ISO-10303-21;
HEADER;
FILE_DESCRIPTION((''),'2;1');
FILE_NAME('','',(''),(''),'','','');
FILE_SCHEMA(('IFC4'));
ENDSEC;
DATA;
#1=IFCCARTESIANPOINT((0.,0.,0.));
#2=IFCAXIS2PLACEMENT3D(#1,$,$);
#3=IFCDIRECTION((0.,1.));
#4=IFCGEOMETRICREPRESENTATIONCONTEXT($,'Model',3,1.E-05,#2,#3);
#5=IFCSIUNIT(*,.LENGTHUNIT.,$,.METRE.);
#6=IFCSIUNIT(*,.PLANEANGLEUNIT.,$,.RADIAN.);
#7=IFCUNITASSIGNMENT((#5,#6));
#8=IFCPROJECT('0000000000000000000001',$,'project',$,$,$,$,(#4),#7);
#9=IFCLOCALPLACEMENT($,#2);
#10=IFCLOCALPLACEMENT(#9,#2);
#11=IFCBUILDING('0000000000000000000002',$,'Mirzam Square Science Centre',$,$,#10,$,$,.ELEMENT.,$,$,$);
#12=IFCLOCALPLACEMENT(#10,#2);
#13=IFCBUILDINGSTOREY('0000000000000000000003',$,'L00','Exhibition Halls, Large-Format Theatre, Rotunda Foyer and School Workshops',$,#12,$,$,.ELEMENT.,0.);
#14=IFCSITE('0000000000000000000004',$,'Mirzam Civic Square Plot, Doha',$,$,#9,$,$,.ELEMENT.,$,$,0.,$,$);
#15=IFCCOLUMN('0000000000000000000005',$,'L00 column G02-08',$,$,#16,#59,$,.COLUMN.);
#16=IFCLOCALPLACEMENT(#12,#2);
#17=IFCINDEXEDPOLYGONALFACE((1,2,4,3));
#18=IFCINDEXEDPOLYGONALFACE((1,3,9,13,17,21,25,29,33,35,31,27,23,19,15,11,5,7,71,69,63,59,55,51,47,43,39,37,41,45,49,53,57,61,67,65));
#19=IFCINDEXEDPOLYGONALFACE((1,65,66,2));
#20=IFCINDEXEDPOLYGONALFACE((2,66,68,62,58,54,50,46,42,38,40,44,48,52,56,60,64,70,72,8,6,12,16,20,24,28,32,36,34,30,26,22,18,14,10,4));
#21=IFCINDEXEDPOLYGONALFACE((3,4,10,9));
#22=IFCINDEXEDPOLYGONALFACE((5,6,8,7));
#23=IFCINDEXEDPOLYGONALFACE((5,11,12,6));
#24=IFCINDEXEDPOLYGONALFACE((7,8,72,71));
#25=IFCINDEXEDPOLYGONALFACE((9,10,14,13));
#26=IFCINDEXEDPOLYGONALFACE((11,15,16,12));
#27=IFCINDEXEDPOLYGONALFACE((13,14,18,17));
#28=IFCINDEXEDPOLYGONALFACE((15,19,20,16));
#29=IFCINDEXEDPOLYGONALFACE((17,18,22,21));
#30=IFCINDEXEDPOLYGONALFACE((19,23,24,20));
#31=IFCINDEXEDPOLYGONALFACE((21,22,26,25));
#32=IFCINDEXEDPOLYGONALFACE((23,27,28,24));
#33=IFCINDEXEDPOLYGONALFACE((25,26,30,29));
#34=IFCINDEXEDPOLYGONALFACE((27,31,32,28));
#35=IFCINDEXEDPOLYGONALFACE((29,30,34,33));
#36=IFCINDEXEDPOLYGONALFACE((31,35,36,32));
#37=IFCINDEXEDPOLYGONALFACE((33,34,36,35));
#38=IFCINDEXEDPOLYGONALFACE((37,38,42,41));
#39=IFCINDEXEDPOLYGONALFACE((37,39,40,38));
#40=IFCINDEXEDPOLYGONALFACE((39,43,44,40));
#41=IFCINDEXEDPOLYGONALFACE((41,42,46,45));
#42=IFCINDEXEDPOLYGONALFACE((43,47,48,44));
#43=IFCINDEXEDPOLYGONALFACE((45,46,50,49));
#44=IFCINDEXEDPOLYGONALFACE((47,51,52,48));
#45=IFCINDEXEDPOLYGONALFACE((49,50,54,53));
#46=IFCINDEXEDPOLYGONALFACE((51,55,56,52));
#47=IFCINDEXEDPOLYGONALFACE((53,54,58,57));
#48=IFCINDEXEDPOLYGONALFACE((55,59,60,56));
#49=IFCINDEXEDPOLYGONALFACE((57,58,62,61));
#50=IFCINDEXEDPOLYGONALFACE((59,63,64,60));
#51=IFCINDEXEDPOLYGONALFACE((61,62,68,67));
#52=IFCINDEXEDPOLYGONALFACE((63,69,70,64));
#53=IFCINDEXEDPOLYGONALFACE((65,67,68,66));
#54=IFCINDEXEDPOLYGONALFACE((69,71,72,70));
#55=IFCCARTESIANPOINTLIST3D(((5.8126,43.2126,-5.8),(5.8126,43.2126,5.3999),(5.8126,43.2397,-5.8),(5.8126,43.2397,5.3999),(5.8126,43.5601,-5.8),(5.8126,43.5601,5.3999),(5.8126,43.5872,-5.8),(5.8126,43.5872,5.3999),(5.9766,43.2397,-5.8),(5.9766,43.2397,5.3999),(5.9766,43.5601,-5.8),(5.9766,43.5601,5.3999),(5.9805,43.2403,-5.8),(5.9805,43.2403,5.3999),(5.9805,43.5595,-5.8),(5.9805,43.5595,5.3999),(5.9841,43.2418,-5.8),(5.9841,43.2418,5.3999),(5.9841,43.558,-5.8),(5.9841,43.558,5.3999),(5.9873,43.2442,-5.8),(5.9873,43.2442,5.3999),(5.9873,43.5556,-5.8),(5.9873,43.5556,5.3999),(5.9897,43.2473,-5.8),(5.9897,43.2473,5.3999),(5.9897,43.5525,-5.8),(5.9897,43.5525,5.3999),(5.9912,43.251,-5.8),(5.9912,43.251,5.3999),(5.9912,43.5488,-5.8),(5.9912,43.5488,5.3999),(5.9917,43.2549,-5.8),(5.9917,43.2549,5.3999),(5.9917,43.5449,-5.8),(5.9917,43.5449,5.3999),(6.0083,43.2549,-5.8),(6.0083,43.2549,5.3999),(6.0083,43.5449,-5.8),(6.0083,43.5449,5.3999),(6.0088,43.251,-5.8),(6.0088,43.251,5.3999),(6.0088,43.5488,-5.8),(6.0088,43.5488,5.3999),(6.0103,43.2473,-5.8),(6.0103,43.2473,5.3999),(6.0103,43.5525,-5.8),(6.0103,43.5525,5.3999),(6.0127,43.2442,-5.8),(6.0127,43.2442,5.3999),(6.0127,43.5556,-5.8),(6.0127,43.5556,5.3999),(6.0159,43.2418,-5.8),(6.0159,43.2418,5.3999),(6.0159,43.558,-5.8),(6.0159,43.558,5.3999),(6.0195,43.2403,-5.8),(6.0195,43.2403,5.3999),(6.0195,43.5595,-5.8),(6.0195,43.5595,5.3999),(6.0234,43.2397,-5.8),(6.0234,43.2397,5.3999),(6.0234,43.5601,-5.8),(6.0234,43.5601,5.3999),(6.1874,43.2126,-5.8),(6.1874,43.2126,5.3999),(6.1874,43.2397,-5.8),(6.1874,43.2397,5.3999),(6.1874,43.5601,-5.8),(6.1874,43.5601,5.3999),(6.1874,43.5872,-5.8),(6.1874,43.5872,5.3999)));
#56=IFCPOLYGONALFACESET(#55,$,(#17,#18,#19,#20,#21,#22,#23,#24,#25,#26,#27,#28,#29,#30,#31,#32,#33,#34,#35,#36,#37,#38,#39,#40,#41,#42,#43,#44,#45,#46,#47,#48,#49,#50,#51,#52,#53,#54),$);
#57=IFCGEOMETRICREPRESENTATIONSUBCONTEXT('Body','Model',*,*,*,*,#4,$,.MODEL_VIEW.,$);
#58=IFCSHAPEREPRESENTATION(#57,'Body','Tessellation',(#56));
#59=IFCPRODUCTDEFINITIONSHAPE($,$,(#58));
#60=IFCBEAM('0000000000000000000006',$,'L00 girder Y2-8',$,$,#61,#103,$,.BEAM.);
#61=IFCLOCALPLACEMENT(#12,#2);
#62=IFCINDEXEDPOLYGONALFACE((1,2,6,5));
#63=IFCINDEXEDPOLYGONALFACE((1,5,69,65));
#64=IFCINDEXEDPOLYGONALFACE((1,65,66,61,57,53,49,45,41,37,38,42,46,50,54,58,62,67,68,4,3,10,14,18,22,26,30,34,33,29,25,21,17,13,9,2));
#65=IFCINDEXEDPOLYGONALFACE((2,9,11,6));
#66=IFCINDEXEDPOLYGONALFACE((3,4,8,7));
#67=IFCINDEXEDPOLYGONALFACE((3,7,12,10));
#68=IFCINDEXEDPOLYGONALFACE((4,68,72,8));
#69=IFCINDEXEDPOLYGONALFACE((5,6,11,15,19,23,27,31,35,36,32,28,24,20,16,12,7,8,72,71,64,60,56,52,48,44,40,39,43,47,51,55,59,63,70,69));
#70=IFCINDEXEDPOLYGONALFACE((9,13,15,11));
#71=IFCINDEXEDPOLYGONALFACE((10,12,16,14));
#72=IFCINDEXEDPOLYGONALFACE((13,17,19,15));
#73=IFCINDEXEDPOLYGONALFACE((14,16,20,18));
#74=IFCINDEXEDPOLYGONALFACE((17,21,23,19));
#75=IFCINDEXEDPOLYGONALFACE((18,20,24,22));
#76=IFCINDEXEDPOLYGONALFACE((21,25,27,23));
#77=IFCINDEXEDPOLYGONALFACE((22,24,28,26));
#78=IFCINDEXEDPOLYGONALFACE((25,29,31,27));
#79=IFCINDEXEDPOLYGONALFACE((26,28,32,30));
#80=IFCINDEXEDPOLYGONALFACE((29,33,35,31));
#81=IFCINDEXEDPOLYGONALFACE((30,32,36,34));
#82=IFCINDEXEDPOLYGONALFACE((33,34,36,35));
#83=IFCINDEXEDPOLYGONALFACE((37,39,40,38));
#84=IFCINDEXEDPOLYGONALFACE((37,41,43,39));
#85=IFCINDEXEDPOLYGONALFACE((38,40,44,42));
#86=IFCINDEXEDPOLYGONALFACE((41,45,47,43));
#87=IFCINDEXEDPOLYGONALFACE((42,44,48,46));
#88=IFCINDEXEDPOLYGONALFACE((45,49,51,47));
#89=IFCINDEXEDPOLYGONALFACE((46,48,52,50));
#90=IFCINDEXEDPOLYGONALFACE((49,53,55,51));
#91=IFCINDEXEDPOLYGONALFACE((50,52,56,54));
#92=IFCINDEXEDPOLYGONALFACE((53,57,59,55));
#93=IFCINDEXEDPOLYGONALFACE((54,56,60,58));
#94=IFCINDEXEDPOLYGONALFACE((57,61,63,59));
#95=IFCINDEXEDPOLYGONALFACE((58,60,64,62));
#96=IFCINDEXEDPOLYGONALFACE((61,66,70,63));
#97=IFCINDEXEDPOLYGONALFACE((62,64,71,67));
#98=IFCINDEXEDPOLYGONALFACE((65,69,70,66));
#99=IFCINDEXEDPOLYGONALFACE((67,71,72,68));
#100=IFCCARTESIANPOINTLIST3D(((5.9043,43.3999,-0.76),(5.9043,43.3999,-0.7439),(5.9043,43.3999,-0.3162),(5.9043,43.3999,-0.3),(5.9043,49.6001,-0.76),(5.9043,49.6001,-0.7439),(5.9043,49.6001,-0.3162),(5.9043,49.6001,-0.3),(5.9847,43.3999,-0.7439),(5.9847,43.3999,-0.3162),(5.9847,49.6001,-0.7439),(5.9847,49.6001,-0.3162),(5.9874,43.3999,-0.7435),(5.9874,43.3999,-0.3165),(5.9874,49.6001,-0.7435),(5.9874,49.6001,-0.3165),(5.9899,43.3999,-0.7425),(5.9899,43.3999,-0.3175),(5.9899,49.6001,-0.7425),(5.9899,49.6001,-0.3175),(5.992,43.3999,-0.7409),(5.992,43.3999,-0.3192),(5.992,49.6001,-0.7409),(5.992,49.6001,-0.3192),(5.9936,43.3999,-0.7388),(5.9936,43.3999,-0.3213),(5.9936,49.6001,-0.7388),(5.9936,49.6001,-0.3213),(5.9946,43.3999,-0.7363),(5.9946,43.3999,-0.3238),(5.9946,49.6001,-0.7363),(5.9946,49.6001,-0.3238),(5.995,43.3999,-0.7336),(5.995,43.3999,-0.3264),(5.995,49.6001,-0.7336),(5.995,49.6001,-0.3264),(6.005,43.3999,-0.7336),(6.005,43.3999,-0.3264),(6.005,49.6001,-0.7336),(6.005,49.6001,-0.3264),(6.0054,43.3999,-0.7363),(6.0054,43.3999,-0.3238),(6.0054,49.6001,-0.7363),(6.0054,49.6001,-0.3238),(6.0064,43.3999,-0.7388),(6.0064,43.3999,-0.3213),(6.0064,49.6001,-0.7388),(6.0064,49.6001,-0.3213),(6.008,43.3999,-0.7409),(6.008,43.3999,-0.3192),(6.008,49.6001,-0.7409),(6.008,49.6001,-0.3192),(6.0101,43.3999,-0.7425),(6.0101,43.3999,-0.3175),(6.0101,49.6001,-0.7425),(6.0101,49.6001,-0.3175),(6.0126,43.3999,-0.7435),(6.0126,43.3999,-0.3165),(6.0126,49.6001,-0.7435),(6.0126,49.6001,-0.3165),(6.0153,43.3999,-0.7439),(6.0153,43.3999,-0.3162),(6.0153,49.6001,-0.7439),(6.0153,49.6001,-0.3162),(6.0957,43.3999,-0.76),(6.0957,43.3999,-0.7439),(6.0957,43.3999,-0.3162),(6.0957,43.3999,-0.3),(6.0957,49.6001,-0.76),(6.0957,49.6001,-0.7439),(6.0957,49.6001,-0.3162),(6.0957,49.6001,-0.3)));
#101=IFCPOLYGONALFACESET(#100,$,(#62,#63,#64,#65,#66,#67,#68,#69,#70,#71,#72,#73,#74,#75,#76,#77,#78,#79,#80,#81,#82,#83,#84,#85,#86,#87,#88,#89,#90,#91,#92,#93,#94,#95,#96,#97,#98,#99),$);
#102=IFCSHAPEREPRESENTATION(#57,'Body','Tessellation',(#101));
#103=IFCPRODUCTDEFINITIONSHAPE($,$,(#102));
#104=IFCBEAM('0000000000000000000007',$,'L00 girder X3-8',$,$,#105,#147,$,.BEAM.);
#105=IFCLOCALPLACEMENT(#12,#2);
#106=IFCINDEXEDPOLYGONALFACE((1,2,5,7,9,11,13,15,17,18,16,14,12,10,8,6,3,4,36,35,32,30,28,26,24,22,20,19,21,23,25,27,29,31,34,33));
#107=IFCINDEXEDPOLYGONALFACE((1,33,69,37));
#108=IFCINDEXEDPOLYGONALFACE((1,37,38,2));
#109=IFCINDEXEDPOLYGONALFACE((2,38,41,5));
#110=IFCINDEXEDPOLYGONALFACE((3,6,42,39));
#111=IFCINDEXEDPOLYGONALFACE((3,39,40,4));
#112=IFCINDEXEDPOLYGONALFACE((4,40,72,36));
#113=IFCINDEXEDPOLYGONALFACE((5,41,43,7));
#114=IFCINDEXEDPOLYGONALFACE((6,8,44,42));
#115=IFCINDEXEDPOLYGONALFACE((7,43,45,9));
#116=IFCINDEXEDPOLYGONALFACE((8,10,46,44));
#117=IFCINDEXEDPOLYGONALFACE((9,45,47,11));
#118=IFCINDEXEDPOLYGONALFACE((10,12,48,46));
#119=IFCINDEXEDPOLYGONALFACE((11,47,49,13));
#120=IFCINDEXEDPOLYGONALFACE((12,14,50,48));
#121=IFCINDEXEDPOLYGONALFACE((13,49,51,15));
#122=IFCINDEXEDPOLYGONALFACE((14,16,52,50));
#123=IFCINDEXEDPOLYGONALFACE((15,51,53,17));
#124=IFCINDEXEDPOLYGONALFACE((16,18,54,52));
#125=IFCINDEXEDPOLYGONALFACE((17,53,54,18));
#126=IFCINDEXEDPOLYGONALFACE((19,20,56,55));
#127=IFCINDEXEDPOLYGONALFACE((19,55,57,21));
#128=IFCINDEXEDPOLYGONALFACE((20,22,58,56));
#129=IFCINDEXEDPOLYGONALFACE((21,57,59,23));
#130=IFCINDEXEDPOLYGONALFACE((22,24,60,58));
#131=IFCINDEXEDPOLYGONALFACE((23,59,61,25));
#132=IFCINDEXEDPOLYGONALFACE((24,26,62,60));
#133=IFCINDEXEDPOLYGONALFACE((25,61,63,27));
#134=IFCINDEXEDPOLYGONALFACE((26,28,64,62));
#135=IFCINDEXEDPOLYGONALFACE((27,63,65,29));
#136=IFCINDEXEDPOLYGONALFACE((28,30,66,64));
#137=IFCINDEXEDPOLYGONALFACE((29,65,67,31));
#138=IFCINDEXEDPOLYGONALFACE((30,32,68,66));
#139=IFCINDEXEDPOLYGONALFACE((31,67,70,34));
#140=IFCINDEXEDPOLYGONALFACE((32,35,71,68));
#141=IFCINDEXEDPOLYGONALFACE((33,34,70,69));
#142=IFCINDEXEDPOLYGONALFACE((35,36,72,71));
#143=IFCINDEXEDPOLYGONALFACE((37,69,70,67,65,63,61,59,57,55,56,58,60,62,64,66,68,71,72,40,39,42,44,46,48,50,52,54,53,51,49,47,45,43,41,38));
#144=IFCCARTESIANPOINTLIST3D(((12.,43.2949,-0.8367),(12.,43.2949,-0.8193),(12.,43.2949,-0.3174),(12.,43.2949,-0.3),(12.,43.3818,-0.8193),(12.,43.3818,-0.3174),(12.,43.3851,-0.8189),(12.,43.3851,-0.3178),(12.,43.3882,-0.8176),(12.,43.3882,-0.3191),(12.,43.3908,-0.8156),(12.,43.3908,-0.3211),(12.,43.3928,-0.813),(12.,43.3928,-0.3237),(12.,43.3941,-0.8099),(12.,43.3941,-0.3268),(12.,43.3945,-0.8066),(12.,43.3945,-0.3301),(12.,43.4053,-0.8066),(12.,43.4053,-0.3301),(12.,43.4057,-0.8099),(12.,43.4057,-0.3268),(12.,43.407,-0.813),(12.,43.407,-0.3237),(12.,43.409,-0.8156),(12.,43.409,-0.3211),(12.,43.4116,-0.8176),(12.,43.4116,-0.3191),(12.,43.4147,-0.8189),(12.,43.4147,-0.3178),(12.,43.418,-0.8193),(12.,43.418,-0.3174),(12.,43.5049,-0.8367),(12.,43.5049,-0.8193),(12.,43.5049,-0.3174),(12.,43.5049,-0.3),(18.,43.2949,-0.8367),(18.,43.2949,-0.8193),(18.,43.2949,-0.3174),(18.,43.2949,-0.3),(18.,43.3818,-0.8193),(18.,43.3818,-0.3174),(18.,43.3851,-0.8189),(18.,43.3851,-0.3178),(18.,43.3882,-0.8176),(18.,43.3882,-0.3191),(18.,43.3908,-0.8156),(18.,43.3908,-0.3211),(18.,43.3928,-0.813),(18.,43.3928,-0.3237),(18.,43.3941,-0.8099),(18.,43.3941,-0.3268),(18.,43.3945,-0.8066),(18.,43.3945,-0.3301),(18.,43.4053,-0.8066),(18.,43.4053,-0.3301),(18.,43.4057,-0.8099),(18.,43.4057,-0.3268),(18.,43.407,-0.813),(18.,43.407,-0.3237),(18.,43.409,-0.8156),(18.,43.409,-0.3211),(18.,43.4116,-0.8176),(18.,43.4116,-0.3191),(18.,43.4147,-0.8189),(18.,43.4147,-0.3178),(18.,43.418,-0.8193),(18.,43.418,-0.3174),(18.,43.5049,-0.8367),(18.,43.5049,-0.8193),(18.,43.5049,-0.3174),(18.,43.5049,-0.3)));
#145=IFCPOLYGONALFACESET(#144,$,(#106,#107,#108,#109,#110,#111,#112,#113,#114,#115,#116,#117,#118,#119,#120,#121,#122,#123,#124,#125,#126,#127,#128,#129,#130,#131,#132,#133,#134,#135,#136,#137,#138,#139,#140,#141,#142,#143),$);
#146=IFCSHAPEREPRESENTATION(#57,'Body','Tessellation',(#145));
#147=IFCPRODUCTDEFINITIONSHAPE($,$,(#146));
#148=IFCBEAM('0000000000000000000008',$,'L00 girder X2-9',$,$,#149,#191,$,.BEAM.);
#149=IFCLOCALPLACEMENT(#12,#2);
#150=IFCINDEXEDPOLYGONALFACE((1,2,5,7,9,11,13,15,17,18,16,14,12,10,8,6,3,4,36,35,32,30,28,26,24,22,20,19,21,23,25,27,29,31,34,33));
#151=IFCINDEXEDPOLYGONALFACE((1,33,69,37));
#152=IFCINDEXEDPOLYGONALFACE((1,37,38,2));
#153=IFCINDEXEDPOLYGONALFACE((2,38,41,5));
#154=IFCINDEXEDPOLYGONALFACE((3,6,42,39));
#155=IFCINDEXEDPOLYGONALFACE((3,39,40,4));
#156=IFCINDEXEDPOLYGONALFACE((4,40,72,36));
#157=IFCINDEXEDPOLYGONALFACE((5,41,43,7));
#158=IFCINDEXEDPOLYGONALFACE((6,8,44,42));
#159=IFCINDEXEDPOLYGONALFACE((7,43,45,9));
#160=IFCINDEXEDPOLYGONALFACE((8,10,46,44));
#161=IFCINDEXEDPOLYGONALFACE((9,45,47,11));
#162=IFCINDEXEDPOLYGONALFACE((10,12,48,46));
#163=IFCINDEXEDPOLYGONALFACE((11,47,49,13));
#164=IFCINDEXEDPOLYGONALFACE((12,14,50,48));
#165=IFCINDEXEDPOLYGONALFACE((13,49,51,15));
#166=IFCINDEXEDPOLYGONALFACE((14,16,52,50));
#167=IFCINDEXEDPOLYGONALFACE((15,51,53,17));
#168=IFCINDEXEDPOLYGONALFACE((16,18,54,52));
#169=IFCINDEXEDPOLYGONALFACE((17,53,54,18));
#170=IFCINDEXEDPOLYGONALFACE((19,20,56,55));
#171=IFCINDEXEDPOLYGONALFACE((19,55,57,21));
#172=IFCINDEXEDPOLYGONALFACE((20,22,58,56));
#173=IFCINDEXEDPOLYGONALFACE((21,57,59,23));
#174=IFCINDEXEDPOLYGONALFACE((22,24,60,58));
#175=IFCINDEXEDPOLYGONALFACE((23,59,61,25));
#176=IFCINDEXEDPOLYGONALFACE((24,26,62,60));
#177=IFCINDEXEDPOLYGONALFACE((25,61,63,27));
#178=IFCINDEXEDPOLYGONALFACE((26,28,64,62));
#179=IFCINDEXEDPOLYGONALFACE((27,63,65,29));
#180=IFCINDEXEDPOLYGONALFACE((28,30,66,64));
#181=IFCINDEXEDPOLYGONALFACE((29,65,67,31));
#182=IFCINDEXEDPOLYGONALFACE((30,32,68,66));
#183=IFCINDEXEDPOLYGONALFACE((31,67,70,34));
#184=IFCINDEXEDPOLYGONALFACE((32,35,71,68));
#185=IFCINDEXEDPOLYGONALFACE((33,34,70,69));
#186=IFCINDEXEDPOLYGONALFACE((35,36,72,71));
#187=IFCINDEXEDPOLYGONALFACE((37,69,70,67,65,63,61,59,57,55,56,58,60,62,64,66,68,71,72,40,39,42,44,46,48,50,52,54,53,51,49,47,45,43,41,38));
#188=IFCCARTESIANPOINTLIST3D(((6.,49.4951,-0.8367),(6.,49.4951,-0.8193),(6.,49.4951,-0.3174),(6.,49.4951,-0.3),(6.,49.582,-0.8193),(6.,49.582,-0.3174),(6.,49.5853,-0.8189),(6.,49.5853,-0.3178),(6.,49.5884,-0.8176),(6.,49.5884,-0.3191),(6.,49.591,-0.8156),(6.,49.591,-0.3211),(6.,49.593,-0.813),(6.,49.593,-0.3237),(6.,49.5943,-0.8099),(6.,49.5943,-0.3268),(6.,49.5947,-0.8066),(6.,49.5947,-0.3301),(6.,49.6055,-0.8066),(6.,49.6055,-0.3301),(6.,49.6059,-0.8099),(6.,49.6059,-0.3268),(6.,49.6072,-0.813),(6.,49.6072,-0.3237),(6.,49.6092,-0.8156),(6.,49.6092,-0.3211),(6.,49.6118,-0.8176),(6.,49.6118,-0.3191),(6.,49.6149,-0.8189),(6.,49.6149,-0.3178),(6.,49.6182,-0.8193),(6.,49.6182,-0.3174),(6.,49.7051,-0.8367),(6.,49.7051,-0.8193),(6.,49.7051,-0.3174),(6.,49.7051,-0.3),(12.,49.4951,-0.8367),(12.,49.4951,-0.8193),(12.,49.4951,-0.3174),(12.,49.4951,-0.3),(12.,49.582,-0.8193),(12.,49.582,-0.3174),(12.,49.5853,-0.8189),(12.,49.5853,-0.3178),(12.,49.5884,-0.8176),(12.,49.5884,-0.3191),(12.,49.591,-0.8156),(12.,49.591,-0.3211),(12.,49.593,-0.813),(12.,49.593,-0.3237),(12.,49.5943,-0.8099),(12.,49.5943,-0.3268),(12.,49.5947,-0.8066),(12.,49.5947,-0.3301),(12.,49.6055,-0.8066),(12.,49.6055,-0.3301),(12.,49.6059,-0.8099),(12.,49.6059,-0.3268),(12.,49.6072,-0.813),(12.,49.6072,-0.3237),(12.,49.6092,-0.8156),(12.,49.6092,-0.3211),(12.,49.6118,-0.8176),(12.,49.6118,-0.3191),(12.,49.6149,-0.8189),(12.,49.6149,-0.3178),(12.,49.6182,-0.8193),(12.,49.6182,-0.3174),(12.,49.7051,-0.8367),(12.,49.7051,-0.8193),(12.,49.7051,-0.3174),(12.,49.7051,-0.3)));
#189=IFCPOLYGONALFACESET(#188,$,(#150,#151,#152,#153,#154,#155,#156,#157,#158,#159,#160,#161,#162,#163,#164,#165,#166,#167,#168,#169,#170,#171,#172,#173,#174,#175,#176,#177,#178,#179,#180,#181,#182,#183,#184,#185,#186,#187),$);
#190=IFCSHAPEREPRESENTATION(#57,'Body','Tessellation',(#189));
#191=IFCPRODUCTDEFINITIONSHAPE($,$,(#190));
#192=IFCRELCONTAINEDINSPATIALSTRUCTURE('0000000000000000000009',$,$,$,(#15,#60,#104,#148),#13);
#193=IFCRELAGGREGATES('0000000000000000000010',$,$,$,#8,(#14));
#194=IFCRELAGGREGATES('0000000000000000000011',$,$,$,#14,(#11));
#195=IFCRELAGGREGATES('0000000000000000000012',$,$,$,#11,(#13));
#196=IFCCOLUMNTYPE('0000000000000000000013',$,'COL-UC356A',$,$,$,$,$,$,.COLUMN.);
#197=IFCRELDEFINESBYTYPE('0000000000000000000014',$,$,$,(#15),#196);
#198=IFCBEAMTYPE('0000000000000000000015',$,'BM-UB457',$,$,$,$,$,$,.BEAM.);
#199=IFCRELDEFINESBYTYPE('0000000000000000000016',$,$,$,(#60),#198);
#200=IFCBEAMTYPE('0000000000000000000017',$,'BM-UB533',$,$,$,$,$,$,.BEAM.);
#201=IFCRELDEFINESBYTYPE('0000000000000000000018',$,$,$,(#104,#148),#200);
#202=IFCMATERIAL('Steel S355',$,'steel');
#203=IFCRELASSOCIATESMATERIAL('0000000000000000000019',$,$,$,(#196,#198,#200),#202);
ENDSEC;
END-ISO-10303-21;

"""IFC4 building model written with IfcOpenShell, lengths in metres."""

from ifc_helpers import new_model, si_unit, direction, frame, origin, origin_2d, place, context, subcontext, project, spatial, i_section, extrude, material, material_profile, profile_set, type_object, element, save


model = new_model("IFC4")

# Units and contexts
model_context = context("Model", 3, precision=1e-05, world=origin(), true_north=direction((0.0, 1.0)))
body_context = subcontext(model_context, "Body", "Model", "MODEL_VIEW")
ifc_project = project(units=[si_unit("LENGTHUNIT", "METRE"), si_unit("PLANEANGLEUNIT", "RADIAN")], contexts=[model_context])

# Site, building, storey
site_placement = place(None, origin())
site = spatial("IfcSite", under=ifc_project, at=site_placement, Name="Mirzam Civic Square Plot, Doha", CompositionType="ELEMENT", RefElevation=0.0)
building_placement = place(site_placement, origin())
building = spatial("IfcBuilding", under=site, at=building_placement, Name="Mirzam Square Science Centre", CompositionType="ELEMENT")
storey_placement = place(building_placement, origin())
storey = spatial("IfcBuildingStorey", under=building, at=storey_placement, Name="L00", Description="Exhibition Halls, Large-Format Theatre, Rotunda Foyer and School Workshops", CompositionType="ELEMENT", Elevation=0.0)

# Column
ifc_material_1 = material(Name="Steel S355", Category="steel")
ifc_material_profile_1 = material_profile(ifc_material_1, i_section(OverallWidth=0.3748, OverallDepth=0.3745, WebThickness=0.0166, FlangeThickness=0.0271, FilletRadius=0.0151, at=origin_2d()), Name="356x368x202UC")
ifc_profile_set_1 = profile_set([ifc_material_profile_1], Name="Steel S355")
column_type_1 = type_object("IfcColumnType", Name="COL-UC356A", PredefinedType="COLUMN", material=ifc_profile_set_1)
for number, where, z_axis, x_axis, name in (
    (1, (6.0, 43.3999, -5.8), (0.0, 0.0, 1.0), (1.0, 0.0, 0.0), "L00 column G02-08"),
):
    element("IfcColumn", number, at=place(storey_placement, frame(where, z_axis=z_axis, x_axis=x_axis)), inside=storey, type_object=column_type_1, Name=name, PredefinedType="COLUMN", context=body_context, shape_type="SweptSolid", body=[
        extrude(i_section(OverallWidth=0.3748, OverallDepth=0.3745, WebThickness=0.0166, FlangeThickness=0.0271, FilletRadius=0.0151, at=origin_2d()), origin(), (0.0, 0.0, 1.0), 11.2),
    ])

# Beams
ifc_material_profile_2 = material_profile(ifc_material_1, i_section(OverallWidth=0.1914, OverallDepth=0.46, WebThickness=0.01, FlangeThickness=0.0161, FilletRadius=0.0103, at=origin_2d()), Name="457x191x82UB")
ifc_profile_set_2 = profile_set([ifc_material_profile_2], Name="Steel S355")
beam_type_1 = type_object("IfcBeamType", Name="BM-UB457", PredefinedType="BEAM", material=ifc_profile_set_2)
beam_1_placement = place(storey_placement, frame((6.0, 43.3999, -0.53), z_axis=(0.0, 1.0, 0.0), x_axis=(-1.0, 0.0, 0.0)))
element("IfcBeam", 2, at=beam_1_placement, inside=storey, type_object=beam_type_1, Name="L00 girder Y2-8", PredefinedType="BEAM", context=body_context, shape_type="SweptSolid", body=[
    extrude(i_section(OverallWidth=0.1914, OverallDepth=0.46, WebThickness=0.01, FlangeThickness=0.0161, FilletRadius=0.0103, at=origin_2d()), origin(), (0.0, 0.0, 1.0), 6.2002),
])
ifc_material_profile_3 = material_profile(ifc_material_1, i_section(OverallWidth=0.21, OverallDepth=0.5366, WebThickness=0.0107, FlangeThickness=0.0173, FilletRadius=0.0127, at=origin_2d()), Name="533x210x101UB")
ifc_profile_set_3 = profile_set([ifc_material_profile_3], Name="Steel S355")
beam_type_2 = type_object("IfcBeamType", Name="BM-UB533", PredefinedType="BEAM", material=ifc_profile_set_3)
for number, where, z_axis, x_axis, name in (
    (3, (12.0, 43.3999, -0.5684), (1.0, 0.0, 0.0), (0.0, 1.0, 0.0), "L00 girder X3-8"),
    (4, (6.0, 49.6001, -0.5684), (1.0, 0.0, 0.0), (0.0, 1.0, 0.0), "L00 girder X2-9"),
):
    element("IfcBeam", number, at=place(storey_placement, frame(where, z_axis=z_axis, x_axis=x_axis)), inside=storey, type_object=beam_type_2, Name=name, PredefinedType="BEAM", context=body_context, shape_type="SweptSolid", body=[
        extrude(i_section(OverallWidth=0.21, OverallDepth=0.5366, WebThickness=0.0107, FlangeThickness=0.0173, FilletRadius=0.0127, at=origin_2d()), origin(), (0.0, 0.0, 1.0), 6.0),
    ])

save(model, "model.ifc")
